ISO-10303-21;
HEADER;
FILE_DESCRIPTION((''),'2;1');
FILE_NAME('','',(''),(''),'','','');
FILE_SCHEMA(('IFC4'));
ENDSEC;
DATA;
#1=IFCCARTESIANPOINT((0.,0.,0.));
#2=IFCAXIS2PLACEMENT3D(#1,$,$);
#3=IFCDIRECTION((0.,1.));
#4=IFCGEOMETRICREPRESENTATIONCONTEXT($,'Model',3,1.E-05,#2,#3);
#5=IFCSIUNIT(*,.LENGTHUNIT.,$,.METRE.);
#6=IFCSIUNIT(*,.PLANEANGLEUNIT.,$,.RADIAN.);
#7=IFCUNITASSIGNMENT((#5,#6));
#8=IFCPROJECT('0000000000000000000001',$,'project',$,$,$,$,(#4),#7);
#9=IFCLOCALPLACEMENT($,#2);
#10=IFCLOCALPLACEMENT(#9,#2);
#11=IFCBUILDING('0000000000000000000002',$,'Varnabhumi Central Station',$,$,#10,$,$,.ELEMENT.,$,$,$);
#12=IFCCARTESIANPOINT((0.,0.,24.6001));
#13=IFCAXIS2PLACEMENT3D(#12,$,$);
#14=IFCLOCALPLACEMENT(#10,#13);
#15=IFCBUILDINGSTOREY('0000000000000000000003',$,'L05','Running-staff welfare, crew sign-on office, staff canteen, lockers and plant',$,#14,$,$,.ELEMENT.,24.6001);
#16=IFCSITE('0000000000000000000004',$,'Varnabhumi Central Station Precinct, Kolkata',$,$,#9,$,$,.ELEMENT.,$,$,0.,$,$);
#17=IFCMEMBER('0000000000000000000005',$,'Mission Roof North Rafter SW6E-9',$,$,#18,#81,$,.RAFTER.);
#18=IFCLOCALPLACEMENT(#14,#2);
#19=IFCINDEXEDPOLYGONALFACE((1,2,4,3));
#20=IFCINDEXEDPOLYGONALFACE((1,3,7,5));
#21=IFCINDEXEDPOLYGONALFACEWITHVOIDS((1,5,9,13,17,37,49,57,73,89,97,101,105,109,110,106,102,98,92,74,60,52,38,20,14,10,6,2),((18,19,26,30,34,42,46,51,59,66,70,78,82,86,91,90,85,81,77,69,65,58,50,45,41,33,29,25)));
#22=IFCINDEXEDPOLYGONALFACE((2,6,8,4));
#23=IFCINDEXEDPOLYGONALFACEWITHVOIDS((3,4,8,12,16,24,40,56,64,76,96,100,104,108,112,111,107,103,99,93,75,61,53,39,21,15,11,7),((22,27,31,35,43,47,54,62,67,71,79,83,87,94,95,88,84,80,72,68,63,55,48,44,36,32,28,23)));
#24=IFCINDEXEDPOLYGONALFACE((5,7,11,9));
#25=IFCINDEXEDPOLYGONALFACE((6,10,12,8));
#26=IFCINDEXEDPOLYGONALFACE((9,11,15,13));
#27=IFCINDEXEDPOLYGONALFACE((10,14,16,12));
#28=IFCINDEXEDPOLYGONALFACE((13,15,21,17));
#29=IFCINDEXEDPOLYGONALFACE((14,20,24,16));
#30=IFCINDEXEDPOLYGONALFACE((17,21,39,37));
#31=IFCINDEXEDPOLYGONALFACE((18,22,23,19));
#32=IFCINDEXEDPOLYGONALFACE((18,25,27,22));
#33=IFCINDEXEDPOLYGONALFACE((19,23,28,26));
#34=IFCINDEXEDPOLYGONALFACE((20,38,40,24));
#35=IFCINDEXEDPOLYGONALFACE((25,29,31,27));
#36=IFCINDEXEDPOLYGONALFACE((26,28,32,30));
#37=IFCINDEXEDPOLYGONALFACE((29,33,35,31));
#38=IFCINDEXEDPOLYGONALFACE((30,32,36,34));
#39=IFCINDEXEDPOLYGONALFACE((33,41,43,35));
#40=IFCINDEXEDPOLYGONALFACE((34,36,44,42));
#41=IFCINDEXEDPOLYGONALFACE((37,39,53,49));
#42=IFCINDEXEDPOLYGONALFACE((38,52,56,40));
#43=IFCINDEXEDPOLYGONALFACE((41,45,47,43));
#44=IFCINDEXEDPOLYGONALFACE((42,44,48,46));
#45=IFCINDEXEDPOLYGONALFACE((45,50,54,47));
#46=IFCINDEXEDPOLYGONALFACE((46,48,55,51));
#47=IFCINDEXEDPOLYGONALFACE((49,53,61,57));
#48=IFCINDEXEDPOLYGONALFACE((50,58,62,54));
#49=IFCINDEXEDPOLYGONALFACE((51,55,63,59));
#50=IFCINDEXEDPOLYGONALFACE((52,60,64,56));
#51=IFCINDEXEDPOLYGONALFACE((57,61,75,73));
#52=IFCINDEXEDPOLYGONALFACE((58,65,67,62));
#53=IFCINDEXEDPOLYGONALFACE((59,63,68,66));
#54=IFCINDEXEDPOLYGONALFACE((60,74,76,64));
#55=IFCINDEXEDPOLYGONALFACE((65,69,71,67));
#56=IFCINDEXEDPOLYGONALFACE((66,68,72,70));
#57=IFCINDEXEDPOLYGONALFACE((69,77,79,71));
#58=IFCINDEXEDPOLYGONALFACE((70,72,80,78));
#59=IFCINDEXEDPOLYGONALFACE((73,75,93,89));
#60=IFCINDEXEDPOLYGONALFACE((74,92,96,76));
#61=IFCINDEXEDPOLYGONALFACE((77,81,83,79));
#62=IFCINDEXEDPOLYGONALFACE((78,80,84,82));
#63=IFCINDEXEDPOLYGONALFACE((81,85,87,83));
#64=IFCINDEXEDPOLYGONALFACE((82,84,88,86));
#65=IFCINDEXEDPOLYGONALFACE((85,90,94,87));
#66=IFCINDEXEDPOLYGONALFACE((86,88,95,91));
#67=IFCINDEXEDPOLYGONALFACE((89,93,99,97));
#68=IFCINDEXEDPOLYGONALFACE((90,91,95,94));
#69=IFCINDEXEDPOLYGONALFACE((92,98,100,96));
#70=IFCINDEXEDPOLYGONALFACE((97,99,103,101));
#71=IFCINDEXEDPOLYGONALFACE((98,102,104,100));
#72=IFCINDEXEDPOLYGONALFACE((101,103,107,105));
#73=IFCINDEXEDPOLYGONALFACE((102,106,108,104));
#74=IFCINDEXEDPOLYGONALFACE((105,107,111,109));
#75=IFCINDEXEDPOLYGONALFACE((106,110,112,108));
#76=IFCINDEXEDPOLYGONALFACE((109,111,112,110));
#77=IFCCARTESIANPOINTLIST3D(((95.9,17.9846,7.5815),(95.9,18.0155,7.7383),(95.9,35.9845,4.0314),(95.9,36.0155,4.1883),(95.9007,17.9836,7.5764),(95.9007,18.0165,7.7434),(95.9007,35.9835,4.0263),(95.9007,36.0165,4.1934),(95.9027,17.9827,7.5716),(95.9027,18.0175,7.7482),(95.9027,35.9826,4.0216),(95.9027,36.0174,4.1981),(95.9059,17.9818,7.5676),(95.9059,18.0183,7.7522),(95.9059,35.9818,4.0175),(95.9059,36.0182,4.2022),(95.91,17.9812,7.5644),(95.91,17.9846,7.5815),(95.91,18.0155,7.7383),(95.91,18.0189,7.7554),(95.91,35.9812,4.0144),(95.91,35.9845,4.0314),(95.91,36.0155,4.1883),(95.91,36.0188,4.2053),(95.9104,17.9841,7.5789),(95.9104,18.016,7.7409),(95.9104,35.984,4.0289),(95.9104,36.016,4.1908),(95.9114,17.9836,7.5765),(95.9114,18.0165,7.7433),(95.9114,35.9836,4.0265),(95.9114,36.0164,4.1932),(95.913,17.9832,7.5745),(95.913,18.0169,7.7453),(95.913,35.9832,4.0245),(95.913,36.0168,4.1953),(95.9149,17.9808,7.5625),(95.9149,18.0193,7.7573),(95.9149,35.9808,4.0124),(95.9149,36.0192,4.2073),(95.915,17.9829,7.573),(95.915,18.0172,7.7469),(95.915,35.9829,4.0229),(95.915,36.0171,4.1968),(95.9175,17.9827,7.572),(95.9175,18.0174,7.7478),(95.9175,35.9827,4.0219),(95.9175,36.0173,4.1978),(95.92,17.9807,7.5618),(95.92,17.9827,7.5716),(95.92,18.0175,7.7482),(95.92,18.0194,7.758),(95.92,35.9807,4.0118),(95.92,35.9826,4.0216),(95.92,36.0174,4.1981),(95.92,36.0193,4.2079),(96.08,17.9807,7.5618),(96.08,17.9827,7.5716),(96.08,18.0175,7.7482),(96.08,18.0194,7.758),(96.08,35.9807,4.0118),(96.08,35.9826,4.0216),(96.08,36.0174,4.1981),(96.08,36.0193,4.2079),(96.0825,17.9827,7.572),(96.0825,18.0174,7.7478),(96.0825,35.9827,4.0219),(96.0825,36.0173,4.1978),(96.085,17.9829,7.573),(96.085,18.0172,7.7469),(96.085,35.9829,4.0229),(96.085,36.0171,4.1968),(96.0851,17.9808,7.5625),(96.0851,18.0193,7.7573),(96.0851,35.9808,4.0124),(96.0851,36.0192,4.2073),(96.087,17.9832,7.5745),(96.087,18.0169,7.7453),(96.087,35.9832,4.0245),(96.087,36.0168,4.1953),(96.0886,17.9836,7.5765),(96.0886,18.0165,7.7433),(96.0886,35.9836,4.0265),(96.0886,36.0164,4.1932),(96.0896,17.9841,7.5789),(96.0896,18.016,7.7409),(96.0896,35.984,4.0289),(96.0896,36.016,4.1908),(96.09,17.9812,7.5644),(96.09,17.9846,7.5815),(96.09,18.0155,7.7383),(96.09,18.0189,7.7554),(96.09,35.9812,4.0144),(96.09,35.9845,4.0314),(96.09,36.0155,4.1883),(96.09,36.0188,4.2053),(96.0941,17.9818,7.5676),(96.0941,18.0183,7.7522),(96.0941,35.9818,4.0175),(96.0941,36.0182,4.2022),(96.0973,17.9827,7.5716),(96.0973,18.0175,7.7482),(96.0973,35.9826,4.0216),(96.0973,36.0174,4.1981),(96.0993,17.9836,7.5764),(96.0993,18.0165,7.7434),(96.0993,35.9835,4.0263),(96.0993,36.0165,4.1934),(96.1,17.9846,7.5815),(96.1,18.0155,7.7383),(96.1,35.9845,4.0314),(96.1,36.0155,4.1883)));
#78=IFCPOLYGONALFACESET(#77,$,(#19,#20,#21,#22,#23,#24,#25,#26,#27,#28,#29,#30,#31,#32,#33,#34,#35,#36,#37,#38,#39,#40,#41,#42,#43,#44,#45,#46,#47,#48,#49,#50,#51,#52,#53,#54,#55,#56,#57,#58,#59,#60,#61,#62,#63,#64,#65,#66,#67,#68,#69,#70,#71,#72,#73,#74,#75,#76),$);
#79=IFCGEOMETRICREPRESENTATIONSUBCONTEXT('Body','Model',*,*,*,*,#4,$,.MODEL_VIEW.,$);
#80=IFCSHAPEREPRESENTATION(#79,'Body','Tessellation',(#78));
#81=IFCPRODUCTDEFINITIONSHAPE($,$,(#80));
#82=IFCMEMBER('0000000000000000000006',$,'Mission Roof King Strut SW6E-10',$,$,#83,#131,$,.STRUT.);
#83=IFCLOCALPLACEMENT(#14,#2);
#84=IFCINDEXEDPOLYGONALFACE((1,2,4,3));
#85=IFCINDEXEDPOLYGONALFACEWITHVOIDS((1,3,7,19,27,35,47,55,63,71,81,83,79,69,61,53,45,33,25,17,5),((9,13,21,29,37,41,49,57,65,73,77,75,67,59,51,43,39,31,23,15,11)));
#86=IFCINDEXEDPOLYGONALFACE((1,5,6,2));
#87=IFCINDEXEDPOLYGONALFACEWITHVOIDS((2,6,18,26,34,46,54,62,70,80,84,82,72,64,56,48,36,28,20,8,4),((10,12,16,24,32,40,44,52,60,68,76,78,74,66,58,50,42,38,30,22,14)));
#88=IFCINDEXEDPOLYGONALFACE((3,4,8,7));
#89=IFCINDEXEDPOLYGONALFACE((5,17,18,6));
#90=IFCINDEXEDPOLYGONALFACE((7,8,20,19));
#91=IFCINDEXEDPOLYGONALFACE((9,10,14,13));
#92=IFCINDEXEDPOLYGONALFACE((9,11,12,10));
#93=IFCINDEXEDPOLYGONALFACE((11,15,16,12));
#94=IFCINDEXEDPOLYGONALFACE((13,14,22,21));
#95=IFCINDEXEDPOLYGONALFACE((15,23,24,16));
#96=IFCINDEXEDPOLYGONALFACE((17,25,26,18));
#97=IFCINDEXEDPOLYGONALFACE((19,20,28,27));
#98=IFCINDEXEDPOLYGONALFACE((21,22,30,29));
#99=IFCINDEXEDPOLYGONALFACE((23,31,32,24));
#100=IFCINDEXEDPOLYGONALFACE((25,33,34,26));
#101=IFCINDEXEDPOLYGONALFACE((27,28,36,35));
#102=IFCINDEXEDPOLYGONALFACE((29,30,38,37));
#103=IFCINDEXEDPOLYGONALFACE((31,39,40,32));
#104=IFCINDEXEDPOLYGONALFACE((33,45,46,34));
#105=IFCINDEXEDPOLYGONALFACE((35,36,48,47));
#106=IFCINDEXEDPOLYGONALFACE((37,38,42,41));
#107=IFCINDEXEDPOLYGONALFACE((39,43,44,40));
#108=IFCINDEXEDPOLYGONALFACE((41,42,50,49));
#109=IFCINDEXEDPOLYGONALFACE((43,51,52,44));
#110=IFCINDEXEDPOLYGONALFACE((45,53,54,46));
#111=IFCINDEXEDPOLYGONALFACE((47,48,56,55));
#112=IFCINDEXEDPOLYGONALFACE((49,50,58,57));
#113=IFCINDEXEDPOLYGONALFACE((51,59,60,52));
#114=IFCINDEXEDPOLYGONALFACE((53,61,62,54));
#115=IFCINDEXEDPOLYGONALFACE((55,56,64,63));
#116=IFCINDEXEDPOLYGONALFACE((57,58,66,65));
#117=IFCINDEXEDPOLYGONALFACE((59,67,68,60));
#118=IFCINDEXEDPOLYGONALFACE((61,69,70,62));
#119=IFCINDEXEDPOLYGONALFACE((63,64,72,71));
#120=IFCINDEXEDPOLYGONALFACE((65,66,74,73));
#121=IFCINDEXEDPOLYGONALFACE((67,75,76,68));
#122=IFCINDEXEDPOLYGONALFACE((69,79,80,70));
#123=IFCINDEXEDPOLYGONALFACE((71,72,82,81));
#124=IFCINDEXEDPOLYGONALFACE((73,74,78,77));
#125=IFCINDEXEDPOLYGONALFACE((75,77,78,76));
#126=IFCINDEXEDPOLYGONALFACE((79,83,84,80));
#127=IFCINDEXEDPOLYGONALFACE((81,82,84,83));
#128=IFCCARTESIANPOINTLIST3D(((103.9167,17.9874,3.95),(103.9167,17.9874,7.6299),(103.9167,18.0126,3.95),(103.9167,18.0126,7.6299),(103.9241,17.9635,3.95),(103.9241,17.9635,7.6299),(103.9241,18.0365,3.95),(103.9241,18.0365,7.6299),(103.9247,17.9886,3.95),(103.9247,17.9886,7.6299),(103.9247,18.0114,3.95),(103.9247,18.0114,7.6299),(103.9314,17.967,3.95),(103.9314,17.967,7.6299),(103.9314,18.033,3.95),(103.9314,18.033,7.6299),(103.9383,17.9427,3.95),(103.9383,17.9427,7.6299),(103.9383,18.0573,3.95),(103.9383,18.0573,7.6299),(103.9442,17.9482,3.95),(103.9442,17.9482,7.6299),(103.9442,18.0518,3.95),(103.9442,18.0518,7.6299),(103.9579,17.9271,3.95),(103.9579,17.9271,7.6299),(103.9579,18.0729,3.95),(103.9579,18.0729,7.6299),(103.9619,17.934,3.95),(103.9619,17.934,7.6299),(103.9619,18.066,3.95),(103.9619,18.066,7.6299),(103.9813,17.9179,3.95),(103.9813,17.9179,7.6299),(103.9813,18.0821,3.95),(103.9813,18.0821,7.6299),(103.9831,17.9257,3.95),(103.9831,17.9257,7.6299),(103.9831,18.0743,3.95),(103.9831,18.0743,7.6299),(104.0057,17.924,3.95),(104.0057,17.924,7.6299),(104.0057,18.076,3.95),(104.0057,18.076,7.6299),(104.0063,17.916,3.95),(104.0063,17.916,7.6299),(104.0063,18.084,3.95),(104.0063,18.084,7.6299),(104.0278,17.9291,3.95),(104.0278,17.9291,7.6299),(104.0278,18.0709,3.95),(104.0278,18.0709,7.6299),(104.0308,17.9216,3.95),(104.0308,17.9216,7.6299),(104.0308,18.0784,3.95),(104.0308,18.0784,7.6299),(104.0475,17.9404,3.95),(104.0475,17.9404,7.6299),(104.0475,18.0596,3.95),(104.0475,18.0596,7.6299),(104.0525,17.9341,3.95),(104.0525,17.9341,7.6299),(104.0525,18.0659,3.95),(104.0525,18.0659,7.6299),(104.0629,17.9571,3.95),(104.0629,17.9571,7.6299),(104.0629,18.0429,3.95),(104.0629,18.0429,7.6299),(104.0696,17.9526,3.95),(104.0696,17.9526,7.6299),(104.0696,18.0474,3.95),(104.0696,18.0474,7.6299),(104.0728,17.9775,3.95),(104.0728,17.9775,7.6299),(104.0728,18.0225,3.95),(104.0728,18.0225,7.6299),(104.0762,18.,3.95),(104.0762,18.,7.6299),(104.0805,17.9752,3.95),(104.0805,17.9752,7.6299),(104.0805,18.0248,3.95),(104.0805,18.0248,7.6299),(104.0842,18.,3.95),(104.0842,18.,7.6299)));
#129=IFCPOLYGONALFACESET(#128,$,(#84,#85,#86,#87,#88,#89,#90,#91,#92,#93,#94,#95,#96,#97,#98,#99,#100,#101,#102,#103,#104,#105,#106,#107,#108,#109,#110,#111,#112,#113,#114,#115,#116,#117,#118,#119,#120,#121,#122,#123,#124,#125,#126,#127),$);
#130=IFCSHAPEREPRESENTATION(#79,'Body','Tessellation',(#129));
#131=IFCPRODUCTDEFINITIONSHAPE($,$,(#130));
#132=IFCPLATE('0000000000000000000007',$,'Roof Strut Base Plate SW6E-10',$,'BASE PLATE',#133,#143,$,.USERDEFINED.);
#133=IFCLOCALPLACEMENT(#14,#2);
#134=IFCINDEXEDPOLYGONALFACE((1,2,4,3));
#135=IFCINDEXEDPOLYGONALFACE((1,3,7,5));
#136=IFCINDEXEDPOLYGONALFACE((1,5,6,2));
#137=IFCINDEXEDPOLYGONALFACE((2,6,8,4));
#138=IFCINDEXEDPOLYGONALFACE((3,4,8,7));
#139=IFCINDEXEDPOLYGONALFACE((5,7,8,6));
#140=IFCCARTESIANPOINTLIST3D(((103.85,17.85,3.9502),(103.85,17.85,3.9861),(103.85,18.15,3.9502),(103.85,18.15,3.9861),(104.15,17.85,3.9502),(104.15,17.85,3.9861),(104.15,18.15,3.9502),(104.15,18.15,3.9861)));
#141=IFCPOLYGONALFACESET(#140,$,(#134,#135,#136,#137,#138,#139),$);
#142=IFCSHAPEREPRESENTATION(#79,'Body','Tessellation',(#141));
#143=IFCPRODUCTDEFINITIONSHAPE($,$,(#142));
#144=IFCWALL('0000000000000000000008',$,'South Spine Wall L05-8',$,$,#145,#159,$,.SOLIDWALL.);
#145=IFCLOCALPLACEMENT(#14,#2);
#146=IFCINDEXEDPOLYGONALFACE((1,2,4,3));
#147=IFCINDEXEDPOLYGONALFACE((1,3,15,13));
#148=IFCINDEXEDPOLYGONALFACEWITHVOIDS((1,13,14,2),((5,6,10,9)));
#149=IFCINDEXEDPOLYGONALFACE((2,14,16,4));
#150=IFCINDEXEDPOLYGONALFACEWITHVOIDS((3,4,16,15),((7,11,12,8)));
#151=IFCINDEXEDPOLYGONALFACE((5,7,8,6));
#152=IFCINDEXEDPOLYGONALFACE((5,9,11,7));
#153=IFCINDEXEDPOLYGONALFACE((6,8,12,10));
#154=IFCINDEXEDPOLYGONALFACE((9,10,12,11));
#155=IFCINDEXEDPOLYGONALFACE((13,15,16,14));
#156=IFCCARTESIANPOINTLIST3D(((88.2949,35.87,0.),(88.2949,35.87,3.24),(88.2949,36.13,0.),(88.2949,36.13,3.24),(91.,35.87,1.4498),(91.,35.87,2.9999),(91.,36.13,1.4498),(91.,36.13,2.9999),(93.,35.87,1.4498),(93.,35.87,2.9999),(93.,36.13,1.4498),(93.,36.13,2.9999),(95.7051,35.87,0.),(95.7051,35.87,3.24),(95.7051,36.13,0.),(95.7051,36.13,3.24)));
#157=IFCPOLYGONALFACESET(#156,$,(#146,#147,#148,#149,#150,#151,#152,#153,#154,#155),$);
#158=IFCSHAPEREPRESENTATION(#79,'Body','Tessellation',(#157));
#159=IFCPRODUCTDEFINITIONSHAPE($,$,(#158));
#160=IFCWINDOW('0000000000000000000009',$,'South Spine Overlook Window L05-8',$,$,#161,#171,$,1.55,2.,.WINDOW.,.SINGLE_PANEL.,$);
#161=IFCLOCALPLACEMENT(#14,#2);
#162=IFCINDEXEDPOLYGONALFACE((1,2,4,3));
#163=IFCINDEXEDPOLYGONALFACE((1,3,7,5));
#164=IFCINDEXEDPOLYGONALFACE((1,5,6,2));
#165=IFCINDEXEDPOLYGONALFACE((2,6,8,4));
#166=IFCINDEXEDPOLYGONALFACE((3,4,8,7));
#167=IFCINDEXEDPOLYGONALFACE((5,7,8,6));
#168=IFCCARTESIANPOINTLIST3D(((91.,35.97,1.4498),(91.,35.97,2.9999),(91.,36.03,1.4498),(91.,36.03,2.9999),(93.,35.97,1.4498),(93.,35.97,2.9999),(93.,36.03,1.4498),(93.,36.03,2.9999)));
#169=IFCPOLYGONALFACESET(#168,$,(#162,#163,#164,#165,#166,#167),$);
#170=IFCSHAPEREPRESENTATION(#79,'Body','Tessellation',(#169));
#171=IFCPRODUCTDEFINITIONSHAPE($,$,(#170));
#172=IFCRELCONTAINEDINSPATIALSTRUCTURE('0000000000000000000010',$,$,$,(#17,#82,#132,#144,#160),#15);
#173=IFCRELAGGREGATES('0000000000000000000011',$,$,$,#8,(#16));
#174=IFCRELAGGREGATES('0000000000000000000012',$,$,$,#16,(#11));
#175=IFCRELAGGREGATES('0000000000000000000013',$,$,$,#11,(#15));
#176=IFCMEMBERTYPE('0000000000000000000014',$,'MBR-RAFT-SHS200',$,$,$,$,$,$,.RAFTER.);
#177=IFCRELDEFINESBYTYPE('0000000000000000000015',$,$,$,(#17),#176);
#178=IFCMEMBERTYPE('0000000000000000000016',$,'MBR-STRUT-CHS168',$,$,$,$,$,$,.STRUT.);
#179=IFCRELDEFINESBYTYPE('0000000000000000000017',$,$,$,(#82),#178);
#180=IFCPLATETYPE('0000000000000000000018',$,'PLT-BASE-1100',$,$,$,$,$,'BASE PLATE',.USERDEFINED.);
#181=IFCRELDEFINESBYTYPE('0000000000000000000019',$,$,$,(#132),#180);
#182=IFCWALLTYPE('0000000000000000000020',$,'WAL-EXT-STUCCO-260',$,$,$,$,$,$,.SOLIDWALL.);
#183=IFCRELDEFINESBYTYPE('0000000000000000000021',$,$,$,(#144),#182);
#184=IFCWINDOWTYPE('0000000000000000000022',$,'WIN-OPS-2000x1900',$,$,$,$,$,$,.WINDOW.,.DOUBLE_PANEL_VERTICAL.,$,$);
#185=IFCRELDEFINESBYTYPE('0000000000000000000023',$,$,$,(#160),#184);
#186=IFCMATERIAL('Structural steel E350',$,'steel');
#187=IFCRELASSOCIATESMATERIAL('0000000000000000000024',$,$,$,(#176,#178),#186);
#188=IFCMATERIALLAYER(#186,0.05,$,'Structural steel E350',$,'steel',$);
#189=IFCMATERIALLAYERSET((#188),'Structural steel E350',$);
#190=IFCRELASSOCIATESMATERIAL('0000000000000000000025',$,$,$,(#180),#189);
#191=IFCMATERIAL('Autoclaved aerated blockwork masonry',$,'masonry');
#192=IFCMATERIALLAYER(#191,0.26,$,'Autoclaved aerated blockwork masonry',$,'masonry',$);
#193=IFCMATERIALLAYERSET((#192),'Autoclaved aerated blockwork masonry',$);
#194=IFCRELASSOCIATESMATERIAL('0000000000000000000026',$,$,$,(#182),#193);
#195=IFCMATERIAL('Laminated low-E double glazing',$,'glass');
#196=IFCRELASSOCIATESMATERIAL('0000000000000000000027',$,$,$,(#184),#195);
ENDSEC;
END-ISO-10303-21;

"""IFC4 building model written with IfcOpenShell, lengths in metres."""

from ifc_helpers import new_model, si_unit, direction, frame, frame_2d, origin, origin_2d, place, context, subcontext, project, spatial, rectangle, hollow_rectangle, hollow_circle, extrude, material, layer, layer_set, material_profile, profile_set, type_object, element, fill, save


model = new_model("IFC4")

# Units and contexts
model_context = context("Model", 3, precision=1e-05, world=origin(), true_north=direction((0.0, 1.0)))
body_context = subcontext(model_context, "Body", "Model", "MODEL_VIEW")
ifc_project = project(units=[si_unit("LENGTHUNIT", "METRE"), si_unit("PLANEANGLEUNIT", "RADIAN")], contexts=[model_context])

# Site, building, storey
site_placement = place(None, origin())
site = spatial("IfcSite", under=ifc_project, at=site_placement, Name="Varnabhumi Central Station Precinct, Kolkata", CompositionType="ELEMENT", RefElevation=0.0)
building_placement = place(site_placement, origin())
building = spatial("IfcBuilding", under=site, at=building_placement, Name="Varnabhumi Central Station", CompositionType="ELEMENT")
storey_placement = place(building_placement, frame((0.0, 0.0, 24.6001)))
storey = spatial("IfcBuildingStorey", under=building, at=storey_placement, Name="L05", Description="Running-staff welfare, crew sign-on office, staff canteen, lockers and plant", CompositionType="ELEMENT", Elevation=24.6001)

# Shared definitions
ifc_material_1 = material(Name="Structural steel E350", Category="steel")

# Members
ifc_material_profile_1 = material_profile(ifc_material_1, hollow_rectangle(XDim=0.2, YDim=0.2, WallThickness=0.01, InnerFilletRadius=0.01, OuterFilletRadius=0.02, at=origin_2d()), Name="Structural steel E350", Category="steel")
ifc_profile_set_1 = profile_set([ifc_material_profile_1], Name="Structural steel E350")
member_type_1 = type_object("IfcMemberType", Name="MBR-RAFT-SHS200", PredefinedType="RAFTER", material=ifc_profile_set_1)
member_1_placement = place(storey_placement, frame((96.0, 36.0, 4.1099), z_axis=(0.0, -0.981101, 0.193498), x_axis=(1.0, 0.0, 0.0)))
element("IfcMember", 1, at=member_1_placement, inside=storey, type_object=member_type_1, Name="Mission Roof North Rafter SW6E-9", PredefinedType="RAFTER", context=body_context, shape_type="SweptSolid", body=[
    extrude(hollow_rectangle(XDim=0.2, YDim=0.2, WallThickness=0.01, InnerFilletRadius=0.01, OuterFilletRadius=0.02, at=origin_2d()), origin(), (0.0, 0.0, 1.0), 18.3467),
])
ifc_material_profile_2 = material_profile(ifc_material_1, hollow_circle(Radius=0.0842, WallThickness=0.0081, at=origin_2d()), Name="Structural steel E350", Category="steel")
ifc_profile_set_2 = profile_set([ifc_material_profile_2], Name="Structural steel E350")
member_type_2 = type_object("IfcMemberType", Name="MBR-STRUT-CHS168", PredefinedType="STRUT", material=ifc_profile_set_2)
member_2_placement = place(storey_placement, frame((104.0, 18.0, 3.95), z_axis=(0.0, 0.0, 1.0), x_axis=(1.0, 0.0, 0.0)))
element("IfcMember", 2, at=member_2_placement, inside=storey, type_object=member_type_2, Name="Mission Roof King Strut SW6E-10", PredefinedType="STRUT", context=body_context, shape_type="SweptSolid", body=[
    extrude(hollow_circle(Radius=0.0842, WallThickness=0.0081, at=origin_2d()), origin(), (0.0, 0.0, 1.0), 3.6799),
])

# Plate
ifc_layer_1 = layer(ifc_material_1, 0.05, Name="Structural steel E350", Category="steel")
ifc_layer_set_1 = layer_set([ifc_layer_1], Name="Structural steel E350")
plate_type = type_object("IfcPlateType", Name="PLT-BASE-1100", ElementType="BASE PLATE", PredefinedType="USERDEFINED", material=ifc_layer_set_1)
plate_placement = place(storey_placement, frame((104.0, 18.0, 3.9502), z_axis=(0.0, 0.0, 1.0), x_axis=(1.0, 0.0, 0.0)))
element("IfcPlate", 3, at=plate_placement, inside=storey, type_object=plate_type, Name="Roof Strut Base Plate SW6E-10", ObjectType="BASE PLATE", PredefinedType="USERDEFINED", context=body_context, shape_type="SweptSolid", body=[
    extrude(rectangle(XDim=0.3, YDim=0.3, at=origin_2d()), origin(), (0.0, 0.0, 1.0), 0.0359),
])

# Wall, opening, window
ifc_material_2 = material(Name="Autoclaved aerated blockwork masonry", Category="masonry")
ifc_layer_2 = layer(ifc_material_2, 0.26, Name="Autoclaved aerated blockwork masonry", Category="masonry")
ifc_layer_set_2 = layer_set([ifc_layer_2], Name="Autoclaved aerated blockwork masonry")
wall_type_1 = type_object("IfcWallType", Name="WAL-EXT-STUCCO-260", PredefinedType="SOLIDWALL", material=ifc_layer_set_2)
wall_1_placement = place(storey_placement, frame((88.2949, 36.0, 0.0), z_axis=(0.0, 0.0, 1.0), x_axis=(1.0, 0.0, 0.0)))
wall_1 = element("IfcWall", 4, at=wall_1_placement, inside=storey, type_object=wall_type_1, Name="South Spine Wall L05-8", PredefinedType="SOLIDWALL", context=body_context, shape_type="SweptSolid", body=[
    extrude(rectangle(XDim=7.4102, YDim=0.26, at=frame_2d((3.7051, 0.0))), origin(), (0.0, 0.0, 1.0), 3.24),
])
opening_1_placement = place(wall_1_placement, frame((2.7051, 0.0, 1.45)))
opening_1 = element("IfcOpeningElement", 5, at=opening_1_placement, cuts=wall_1, PredefinedType="OPENING", context=body_context, shape_type="SweptSolid", body=[
    extrude(rectangle(XDim=2.0, YDim=1.55, at=frame_2d((1.0, 0.7749))), frame((0.0, 0.1399, 0.0), z_axis=(0.0, -1.0, 0.0), x_axis=(1.0, 0.0, 0.0)), (0.0, 0.0, 1.0), 0.28),
])
ifc_material_3 = material(Name="Laminated low-E double glazing", Category="glass")
window_type = type_object("IfcWindowType", Name="WIN-OPS-2000x1900", PartitioningType="DOUBLE_PANEL_VERTICAL", PredefinedType="WINDOW", material=ifc_material_3)
window_1_placement = place(opening_1_placement, origin())
window_1 = element("IfcWindow", 6, at=window_1_placement, inside=storey, type_object=window_type, Name="South Spine Overlook Window L05-8", OverallHeight=1.55, OverallWidth=2.0, PartitioningType="SINGLE_PANEL", PredefinedType="WINDOW", context=body_context, shape_type="SweptSolid", body=[
    extrude(rectangle(XDim=2.0, YDim=1.55, at=frame_2d((1.0, 0.7749))), frame((0.0, 0.03, 0.0), z_axis=(0.0, -1.0, 0.0), x_axis=(1.0, 0.0, 0.0)), (0.0, 0.0, 1.0), 0.0601),
])
fill(opening_1, window_1)

save(model, "model.ifc")
